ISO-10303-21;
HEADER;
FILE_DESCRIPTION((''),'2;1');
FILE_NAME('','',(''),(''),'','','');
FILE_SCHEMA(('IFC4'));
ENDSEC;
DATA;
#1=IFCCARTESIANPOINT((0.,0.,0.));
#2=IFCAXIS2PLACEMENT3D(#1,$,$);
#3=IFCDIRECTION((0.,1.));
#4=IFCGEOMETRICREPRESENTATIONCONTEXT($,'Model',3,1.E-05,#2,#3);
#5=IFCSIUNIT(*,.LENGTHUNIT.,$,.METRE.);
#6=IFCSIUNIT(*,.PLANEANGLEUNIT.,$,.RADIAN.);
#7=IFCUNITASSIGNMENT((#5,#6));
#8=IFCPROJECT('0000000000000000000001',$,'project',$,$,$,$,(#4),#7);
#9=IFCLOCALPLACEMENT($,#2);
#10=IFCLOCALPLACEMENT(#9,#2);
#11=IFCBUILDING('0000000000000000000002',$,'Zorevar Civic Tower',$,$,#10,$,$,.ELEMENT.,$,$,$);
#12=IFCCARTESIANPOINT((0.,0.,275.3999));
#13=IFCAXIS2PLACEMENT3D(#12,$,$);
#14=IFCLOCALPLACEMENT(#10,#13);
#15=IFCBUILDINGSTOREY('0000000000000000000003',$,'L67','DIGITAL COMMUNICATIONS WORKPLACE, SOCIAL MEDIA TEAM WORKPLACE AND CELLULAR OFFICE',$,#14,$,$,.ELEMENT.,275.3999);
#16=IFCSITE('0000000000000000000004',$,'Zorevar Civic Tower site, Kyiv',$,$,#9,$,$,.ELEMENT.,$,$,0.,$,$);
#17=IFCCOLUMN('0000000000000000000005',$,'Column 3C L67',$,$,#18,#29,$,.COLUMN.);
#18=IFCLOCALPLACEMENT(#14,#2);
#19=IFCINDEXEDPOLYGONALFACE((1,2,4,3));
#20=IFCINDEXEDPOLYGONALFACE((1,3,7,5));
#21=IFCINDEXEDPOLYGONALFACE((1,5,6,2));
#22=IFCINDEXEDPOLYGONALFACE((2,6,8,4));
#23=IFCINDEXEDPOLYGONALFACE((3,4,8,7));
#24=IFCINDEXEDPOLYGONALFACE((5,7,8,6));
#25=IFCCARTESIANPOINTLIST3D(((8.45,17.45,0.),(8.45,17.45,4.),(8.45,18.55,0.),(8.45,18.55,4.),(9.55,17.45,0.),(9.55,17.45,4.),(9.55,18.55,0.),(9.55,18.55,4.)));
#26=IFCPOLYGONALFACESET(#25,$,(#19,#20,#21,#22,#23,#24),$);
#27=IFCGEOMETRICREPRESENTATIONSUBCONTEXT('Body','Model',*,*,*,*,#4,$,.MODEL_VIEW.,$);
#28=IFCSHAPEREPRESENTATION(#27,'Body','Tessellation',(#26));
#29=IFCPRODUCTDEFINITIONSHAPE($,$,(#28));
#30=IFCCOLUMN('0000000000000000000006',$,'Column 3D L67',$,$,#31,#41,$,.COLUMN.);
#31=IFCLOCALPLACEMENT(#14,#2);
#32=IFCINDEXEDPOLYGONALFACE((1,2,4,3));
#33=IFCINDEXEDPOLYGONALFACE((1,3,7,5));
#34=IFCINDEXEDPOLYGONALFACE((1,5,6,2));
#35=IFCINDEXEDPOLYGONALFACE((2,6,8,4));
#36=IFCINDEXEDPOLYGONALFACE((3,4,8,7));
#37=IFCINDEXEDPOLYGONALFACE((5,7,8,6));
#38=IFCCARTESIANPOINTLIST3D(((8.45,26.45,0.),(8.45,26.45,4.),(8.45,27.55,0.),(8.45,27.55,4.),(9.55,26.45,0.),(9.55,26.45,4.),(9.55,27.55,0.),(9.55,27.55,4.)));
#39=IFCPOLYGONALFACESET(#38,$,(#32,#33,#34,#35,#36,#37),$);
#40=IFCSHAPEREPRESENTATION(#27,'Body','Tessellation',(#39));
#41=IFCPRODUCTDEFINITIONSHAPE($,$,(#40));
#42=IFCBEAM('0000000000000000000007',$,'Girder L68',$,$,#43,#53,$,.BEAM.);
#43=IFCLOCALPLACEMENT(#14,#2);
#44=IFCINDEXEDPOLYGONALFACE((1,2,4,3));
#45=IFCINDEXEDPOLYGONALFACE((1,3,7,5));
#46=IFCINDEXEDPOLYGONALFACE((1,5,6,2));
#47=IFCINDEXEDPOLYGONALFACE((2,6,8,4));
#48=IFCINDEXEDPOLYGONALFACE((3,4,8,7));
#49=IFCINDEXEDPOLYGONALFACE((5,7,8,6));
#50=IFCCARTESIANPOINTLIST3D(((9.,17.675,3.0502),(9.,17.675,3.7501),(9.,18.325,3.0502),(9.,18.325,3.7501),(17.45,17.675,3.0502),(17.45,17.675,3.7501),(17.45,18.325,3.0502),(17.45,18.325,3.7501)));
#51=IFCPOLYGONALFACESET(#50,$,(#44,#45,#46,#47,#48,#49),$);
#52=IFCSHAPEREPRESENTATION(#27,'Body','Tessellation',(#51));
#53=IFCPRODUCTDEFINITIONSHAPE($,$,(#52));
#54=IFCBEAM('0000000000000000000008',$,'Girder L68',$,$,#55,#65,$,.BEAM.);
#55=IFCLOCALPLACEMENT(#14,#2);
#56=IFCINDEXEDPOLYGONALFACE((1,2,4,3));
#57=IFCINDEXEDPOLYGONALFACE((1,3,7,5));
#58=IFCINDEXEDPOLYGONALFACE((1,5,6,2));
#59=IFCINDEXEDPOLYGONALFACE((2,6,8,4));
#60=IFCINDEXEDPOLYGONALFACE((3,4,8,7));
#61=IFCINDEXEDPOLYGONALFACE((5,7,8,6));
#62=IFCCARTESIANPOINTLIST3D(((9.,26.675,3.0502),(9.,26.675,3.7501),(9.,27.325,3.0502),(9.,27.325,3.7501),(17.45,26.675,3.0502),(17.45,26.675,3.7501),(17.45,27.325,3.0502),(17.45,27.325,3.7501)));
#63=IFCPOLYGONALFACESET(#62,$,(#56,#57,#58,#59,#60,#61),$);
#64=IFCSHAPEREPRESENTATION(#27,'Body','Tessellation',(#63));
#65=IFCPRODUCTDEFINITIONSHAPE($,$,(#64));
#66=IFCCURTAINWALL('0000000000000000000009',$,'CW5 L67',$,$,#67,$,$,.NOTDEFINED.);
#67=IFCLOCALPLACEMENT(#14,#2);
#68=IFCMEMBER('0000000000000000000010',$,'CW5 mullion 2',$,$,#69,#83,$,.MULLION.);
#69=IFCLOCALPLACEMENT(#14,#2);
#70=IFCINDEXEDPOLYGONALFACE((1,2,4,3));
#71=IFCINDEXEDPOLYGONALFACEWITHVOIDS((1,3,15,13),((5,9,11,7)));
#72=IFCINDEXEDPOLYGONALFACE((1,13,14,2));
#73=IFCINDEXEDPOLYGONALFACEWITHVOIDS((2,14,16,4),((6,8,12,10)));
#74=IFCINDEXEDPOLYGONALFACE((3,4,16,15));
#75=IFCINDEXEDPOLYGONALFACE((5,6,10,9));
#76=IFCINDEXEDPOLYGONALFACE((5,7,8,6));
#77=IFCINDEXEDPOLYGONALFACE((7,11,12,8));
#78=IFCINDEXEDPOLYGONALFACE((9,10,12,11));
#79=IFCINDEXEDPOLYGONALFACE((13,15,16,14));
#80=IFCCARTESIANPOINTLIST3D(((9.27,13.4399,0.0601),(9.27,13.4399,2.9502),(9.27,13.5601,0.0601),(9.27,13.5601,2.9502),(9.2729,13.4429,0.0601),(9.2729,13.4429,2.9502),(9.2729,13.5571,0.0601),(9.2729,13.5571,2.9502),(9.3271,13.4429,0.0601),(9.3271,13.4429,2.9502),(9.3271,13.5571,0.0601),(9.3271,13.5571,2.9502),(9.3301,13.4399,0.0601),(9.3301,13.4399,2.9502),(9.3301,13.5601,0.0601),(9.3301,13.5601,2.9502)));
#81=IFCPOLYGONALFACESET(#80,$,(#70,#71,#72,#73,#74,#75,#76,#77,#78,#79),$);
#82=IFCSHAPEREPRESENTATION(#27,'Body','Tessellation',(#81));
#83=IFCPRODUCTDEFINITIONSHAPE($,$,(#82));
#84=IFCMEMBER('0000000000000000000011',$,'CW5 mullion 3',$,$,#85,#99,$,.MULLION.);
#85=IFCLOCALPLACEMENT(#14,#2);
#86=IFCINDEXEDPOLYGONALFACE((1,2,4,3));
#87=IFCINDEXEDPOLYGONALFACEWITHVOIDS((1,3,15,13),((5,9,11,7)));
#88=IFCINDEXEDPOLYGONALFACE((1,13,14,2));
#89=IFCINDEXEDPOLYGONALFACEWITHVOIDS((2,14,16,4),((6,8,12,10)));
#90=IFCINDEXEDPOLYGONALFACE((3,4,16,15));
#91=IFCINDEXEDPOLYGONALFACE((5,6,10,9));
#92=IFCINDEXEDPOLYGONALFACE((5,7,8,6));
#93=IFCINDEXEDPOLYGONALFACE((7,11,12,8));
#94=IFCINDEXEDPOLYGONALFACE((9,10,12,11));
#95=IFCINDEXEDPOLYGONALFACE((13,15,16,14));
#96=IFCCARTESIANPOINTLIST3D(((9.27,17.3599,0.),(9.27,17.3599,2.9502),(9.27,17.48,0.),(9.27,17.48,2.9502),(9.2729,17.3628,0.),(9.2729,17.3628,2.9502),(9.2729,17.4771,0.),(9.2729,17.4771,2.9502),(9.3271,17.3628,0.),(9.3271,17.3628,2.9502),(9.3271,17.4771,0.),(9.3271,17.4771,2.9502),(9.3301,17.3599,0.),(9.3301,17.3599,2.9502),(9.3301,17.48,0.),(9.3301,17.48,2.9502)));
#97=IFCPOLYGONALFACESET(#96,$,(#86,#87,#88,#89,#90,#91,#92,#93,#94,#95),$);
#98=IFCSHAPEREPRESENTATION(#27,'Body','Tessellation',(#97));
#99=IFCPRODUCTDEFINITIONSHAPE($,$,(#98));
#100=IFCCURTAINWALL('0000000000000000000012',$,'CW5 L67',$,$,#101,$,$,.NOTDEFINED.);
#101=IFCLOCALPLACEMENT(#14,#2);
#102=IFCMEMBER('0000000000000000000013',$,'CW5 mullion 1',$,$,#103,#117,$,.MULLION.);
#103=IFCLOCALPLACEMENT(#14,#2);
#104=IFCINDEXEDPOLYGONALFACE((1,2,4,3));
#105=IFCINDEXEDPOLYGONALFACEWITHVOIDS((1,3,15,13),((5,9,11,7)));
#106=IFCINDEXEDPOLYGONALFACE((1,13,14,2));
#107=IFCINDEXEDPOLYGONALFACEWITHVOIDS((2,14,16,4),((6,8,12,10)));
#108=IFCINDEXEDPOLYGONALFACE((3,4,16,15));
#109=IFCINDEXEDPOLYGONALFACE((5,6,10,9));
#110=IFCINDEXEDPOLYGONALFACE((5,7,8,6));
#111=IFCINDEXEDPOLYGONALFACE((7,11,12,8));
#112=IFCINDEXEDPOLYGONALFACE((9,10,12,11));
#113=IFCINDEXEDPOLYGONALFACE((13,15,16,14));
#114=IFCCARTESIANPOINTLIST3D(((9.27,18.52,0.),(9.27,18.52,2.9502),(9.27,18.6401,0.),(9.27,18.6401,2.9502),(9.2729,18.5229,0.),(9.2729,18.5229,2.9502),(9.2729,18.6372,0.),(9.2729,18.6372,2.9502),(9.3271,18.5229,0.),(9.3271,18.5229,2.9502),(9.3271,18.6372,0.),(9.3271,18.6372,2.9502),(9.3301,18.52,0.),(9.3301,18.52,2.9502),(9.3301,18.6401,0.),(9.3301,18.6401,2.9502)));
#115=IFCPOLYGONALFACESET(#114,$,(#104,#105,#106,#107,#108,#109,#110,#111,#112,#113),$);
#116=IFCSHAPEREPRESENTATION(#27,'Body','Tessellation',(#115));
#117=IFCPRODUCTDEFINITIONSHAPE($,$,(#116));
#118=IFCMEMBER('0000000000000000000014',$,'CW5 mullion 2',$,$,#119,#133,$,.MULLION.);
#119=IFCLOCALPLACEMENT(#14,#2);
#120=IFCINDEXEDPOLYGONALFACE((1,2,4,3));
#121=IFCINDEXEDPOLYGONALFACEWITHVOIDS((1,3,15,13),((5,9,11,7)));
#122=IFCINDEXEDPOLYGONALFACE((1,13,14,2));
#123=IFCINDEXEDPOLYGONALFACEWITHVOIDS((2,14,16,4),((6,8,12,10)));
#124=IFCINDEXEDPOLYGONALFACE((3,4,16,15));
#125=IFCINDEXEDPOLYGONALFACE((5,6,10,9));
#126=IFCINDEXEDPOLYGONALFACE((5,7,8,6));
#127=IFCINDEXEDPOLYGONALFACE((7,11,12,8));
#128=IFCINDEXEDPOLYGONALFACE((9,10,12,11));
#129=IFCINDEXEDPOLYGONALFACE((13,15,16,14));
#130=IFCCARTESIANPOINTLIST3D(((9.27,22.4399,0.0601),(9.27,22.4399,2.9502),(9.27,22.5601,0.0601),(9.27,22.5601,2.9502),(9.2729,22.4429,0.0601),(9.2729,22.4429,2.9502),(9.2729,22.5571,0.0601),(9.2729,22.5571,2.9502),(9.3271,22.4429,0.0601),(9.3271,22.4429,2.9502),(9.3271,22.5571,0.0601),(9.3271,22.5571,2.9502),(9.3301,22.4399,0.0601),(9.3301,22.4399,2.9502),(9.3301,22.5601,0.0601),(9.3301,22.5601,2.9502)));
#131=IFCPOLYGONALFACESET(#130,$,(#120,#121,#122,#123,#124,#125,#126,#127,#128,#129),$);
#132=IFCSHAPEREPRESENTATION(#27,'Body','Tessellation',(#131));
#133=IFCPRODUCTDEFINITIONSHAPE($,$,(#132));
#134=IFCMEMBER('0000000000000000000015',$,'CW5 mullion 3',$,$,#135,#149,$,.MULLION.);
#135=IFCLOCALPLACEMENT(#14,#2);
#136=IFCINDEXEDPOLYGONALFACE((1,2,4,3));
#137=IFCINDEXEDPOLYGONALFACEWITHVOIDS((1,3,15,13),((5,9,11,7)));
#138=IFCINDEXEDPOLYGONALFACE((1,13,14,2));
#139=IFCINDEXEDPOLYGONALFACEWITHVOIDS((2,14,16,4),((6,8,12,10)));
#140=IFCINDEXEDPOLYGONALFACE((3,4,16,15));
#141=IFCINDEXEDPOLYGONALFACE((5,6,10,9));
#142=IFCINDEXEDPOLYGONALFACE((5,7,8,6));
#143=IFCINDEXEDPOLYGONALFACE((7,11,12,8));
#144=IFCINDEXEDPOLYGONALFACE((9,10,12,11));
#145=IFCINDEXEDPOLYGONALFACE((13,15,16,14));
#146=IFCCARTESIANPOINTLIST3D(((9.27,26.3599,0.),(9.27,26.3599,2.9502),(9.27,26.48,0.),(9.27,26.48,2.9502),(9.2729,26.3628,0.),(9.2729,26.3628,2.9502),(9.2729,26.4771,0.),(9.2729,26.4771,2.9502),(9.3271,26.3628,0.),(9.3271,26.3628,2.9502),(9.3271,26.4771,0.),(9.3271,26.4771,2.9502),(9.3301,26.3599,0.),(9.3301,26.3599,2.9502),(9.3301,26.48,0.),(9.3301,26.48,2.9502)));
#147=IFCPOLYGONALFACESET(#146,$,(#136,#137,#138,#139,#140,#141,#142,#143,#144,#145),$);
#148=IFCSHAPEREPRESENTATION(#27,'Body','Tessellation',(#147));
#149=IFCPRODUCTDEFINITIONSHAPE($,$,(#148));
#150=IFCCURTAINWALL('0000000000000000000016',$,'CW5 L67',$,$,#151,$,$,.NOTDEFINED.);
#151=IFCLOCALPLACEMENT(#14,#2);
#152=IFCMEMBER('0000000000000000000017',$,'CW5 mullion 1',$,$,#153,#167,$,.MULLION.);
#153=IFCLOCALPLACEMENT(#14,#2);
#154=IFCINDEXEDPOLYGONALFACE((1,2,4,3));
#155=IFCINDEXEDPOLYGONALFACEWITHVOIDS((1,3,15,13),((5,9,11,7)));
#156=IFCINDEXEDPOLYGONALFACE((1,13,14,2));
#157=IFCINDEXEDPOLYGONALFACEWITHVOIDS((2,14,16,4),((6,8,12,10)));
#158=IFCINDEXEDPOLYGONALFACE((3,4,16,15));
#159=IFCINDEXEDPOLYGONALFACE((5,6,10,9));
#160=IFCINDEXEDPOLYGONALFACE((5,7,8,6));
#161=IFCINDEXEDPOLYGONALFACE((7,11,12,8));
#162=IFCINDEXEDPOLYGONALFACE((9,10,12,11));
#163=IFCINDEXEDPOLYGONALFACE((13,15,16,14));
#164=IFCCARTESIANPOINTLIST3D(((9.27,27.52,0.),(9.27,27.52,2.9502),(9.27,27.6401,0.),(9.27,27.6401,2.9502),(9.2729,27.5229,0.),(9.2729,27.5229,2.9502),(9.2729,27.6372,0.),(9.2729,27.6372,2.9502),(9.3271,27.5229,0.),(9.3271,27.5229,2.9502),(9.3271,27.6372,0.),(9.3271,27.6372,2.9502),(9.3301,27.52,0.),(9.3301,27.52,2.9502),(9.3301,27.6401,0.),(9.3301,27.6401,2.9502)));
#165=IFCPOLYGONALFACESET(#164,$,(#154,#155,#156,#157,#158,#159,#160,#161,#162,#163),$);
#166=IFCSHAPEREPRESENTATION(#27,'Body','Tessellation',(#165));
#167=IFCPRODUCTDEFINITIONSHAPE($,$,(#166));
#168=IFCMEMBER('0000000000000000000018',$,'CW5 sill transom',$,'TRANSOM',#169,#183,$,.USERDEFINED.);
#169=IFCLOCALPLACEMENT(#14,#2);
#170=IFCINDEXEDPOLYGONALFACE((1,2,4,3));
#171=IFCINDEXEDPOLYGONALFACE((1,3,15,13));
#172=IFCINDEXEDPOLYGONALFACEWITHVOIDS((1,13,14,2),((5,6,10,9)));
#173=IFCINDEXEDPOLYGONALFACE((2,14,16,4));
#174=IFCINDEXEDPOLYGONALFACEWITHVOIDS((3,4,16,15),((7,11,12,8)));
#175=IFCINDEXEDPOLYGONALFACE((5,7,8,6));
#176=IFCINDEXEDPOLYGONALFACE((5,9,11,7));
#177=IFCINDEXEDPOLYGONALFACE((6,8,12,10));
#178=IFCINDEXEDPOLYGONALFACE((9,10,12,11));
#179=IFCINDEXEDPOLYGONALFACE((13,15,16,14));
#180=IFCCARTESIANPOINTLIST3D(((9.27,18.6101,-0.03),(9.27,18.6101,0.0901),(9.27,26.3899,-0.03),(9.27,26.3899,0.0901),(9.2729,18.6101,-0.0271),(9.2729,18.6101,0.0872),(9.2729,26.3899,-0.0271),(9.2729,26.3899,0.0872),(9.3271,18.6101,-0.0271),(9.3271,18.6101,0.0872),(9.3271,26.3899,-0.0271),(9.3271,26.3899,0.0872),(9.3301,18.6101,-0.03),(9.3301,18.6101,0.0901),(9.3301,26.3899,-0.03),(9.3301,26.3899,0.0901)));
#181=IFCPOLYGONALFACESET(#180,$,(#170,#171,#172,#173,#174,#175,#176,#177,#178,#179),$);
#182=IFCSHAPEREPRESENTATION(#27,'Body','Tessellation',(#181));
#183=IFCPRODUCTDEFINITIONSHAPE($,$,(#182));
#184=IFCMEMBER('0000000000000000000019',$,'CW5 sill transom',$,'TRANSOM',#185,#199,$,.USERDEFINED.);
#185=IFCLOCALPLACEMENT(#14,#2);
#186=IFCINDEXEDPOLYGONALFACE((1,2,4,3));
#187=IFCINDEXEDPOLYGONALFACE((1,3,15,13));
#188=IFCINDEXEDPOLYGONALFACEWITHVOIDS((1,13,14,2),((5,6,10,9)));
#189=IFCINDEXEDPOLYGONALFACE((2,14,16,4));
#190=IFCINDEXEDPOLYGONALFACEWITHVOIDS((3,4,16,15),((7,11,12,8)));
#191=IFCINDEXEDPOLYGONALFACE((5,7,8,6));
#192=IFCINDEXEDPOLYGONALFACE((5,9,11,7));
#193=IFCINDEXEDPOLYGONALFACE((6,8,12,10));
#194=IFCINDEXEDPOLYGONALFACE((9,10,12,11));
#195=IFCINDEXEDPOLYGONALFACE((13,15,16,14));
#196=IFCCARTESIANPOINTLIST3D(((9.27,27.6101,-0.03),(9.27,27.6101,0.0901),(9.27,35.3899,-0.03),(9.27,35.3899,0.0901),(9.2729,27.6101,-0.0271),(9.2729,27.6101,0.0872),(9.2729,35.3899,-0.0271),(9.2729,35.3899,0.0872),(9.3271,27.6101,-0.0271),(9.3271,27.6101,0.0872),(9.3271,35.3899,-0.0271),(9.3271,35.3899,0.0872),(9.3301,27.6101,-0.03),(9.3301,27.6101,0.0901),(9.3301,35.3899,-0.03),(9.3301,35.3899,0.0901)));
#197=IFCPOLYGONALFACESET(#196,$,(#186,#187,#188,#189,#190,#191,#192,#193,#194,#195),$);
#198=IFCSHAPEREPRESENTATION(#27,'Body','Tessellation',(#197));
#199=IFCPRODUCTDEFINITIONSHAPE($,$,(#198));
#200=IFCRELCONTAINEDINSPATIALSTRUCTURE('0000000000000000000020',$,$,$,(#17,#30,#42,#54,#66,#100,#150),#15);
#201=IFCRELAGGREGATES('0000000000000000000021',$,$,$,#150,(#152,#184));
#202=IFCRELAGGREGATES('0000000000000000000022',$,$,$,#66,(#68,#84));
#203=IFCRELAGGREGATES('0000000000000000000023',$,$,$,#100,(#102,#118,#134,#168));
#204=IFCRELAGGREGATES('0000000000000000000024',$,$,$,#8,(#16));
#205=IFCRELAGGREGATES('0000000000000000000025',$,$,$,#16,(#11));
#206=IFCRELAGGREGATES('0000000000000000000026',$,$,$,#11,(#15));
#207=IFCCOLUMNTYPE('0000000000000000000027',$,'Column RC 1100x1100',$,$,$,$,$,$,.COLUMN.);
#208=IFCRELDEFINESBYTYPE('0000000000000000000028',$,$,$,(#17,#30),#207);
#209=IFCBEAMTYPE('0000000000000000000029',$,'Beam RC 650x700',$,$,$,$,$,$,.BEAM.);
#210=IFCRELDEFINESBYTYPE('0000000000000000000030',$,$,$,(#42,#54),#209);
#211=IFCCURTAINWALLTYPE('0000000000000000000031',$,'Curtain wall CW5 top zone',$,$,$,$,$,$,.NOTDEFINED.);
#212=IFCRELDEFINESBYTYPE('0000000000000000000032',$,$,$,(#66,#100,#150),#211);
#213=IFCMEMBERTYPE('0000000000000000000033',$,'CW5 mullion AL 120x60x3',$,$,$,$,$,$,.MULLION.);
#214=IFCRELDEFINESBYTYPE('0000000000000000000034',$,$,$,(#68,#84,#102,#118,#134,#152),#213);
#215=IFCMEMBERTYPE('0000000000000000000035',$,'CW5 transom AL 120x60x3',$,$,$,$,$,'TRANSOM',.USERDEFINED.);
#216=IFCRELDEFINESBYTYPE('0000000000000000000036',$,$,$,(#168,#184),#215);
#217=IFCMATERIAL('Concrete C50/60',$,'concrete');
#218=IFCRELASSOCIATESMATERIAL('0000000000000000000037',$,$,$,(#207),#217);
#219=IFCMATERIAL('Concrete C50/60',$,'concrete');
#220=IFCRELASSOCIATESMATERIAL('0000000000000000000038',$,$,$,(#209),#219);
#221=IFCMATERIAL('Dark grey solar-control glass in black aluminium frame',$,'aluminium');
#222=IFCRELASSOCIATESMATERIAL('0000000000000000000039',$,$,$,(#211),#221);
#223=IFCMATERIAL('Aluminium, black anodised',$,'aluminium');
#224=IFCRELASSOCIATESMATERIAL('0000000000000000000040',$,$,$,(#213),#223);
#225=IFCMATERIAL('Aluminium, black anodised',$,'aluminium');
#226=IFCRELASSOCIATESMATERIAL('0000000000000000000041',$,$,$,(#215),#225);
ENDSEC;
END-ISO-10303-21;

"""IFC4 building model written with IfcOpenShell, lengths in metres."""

from ifc_helpers import new_model, si_unit, direction, frame, origin, origin_2d, place, context, subcontext, project, spatial, rectangle, hollow_rectangle, extrude, material, material_profile, profile_set, type_object, element, aggregate, save


model = new_model("IFC4")

# Units and contexts
model_context = context("Model", 3, precision=1e-05, world=origin(), true_north=direction((0.0, 1.0)))
body_context = subcontext(model_context, "Body", "Model", "MODEL_VIEW")
ifc_project = project(units=[si_unit("LENGTHUNIT", "METRE"), si_unit("PLANEANGLEUNIT", "RADIAN")], contexts=[model_context])

# Site, building, storey
site_placement = place(None, origin())
site = spatial("IfcSite", under=ifc_project, at=site_placement, Name="Zorevar Civic Tower site, Kyiv", CompositionType="ELEMENT", RefElevation=0.0)
building_placement = place(site_placement, origin())
building = spatial("IfcBuilding", under=site, at=building_placement, Name="Zorevar Civic Tower", CompositionType="ELEMENT")
storey_placement = place(building_placement, frame((0.0, 0.0, 275.3999)))
storey = spatial("IfcBuildingStorey", under=building, at=storey_placement, Name="L67", Description="DIGITAL COMMUNICATIONS WORKPLACE, SOCIAL MEDIA TEAM WORKPLACE AND CELLULAR OFFICE", CompositionType="ELEMENT", Elevation=275.3999)

# Columns
ifc_material_1 = material(Name="Concrete C50/60", Category="concrete")
ifc_material_profile_1 = material_profile(ifc_material_1, rectangle(XDim=1.1001, YDim=1.1001, at=origin_2d()), Name="RC 1100x1100")
ifc_profile_set_1 = profile_set([ifc_material_profile_1], Name="Concrete C50/60")
column_type = type_object("IfcColumnType", Name="Column RC 1100x1100", PredefinedType="COLUMN", material=ifc_profile_set_1)
for number, where, z_axis, x_axis, name in (
    (1, (9.0, 18.0, 0.0), (0.0, 0.0, 1.0), (1.0, 0.0, 0.0), "Column 3C L67"),
    (2, (9.0, 27.0, 0.0), (0.0, 0.0, 1.0), (1.0, 0.0, 0.0), "Column 3D L67"),
):
    element("IfcColumn", number, at=place(storey_placement, frame(where, z_axis=z_axis, x_axis=x_axis)), inside=storey, type_object=column_type, Name=name, PredefinedType="COLUMN", context=body_context, shape_type="SweptSolid", body=[
        extrude(rectangle(XDim=1.1001, YDim=1.1001, at=origin_2d()), origin(), (0.0, 0.0, 1.0), 4.0),
    ])

# Beams
ifc_material_2 = material(Name="Concrete C50/60", Category="concrete")
ifc_material_profile_2 = material_profile(ifc_material_2, rectangle(XDim=0.6499, YDim=0.7, at=origin_2d()), Name="RC 650x700")
ifc_profile_set_2 = profile_set([ifc_material_profile_2], Name="Concrete C50/60")
beam_type_1 = type_object("IfcBeamType", Name="Beam RC 650x700", PredefinedType="BEAM", material=ifc_profile_set_2)
for number, where, z_axis, x_axis, name in (
    (3, (9.0, 18.0, 3.4001), (1.0, 0.0, 0.0), (0.0, 1.0, 0.0), "Girder L68"),
    (4, (9.0, 27.0, 3.4001), (1.0, 0.0, 0.0), (0.0, 1.0, 0.0), "Girder L68"),
):
    element("IfcBeam", number, at=place(storey_placement, frame(where, z_axis=z_axis, x_axis=x_axis)), inside=storey, type_object=beam_type_1, Name=name, PredefinedType="BEAM", context=body_context, shape_type="SweptSolid", body=[
        extrude(rectangle(XDim=0.6499, YDim=0.7, at=origin_2d()), origin(), (0.0, 0.0, 1.0), 8.45),
    ])

# Curtain walls, members
ifc_material_3 = material(Name="Dark grey solar-control glass in black aluminium frame", Category="aluminium")
curtain_wall_type = type_object("IfcCurtainWallType", Name="Curtain wall CW5 top zone", PredefinedType="NOTDEFINED", material=ifc_material_3)
curtain_wall_1_placement = place(storey_placement, origin())
curtain_wall_1 = element("IfcCurtainWall", 5, at=curtain_wall_1_placement, inside=storey, type_object=curtain_wall_type, Name="CW5 L67", PredefinedType="NOTDEFINED")
ifc_material_4 = material(Name="Aluminium, black anodised", Category="aluminium")
ifc_material_profile_3 = material_profile(ifc_material_4, hollow_rectangle(XDim=0.0601, YDim=0.1201, WallThickness=0.0029, at=origin_2d()), Name="AL 120x60x3")
ifc_profile_set_3 = profile_set([ifc_material_profile_3], Name="Aluminium, black anodised")
member_type_1 = type_object("IfcMemberType", Name="CW5 mullion AL 120x60x3", PredefinedType="MULLION", material=ifc_profile_set_3)
member_1_placement = place(storey_placement, frame((9.3, 13.5, 0.0601), z_axis=(0.0, 0.0, 1.0), x_axis=(-1.0, 0.0, 0.0)))
member_1 = element("IfcMember", 6, at=member_1_placement, type_object=member_type_1, Name="CW5 mullion 2", PredefinedType="MULLION", context=body_context, shape_type="SweptSolid", body=[
    extrude(hollow_rectangle(XDim=0.0601, YDim=0.1201, WallThickness=0.0029, at=origin_2d()), origin(), (0.0, 0.0, 1.0), 2.8901),
])
member_2_placement = place(storey_placement, frame((9.3, 17.4199, 0.0), z_axis=(0.0, 0.0, 1.0), x_axis=(-1.0, 0.0, 0.0)))
member_2 = element("IfcMember", 7, at=member_2_placement, type_object=member_type_1, Name="CW5 mullion 3", PredefinedType="MULLION", context=body_context, shape_type="SweptSolid", body=[
    extrude(hollow_rectangle(XDim=0.0601, YDim=0.1201, WallThickness=0.0029, at=origin_2d()), origin(), (0.0, 0.0, 1.0), 2.9502),
])
curtain_wall_2_placement = place(storey_placement, origin())
curtain_wall_2 = element("IfcCurtainWall", 8, at=curtain_wall_2_placement, inside=storey, type_object=curtain_wall_type, Name="CW5 L67", PredefinedType="NOTDEFINED")
member_3_placement = place(storey_placement, frame((9.3, 18.5801, 0.0), z_axis=(0.0, 0.0, 1.0), x_axis=(-1.0, 0.0, 0.0)))
member_3 = element("IfcMember", 9, at=member_3_placement, type_object=member_type_1, Name="CW5 mullion 1", PredefinedType="MULLION", context=body_context, shape_type="SweptSolid", body=[
    extrude(hollow_rectangle(XDim=0.0601, YDim=0.1201, WallThickness=0.0029, at=origin_2d()), origin(), (0.0, 0.0, 1.0), 2.9502),
])
member_4_placement = place(storey_placement, frame((9.3, 22.5, 0.0601), z_axis=(0.0, 0.0, 1.0), x_axis=(-1.0, 0.0, 0.0)))
member_4 = element("IfcMember", 10, at=member_4_placement, type_object=member_type_1, Name="CW5 mullion 2", PredefinedType="MULLION", context=body_context, shape_type="SweptSolid", body=[
    extrude(hollow_rectangle(XDim=0.0601, YDim=0.1201, WallThickness=0.0029, at=origin_2d()), origin(), (0.0, 0.0, 1.0), 2.8901),
])
member_5_placement = place(storey_placement, frame((9.3, 26.4199, 0.0), z_axis=(0.0, 0.0, 1.0), x_axis=(-1.0, 0.0, 0.0)))
member_5 = element("IfcMember", 11, at=member_5_placement, type_object=member_type_1, Name="CW5 mullion 3", PredefinedType="MULLION", context=body_context, shape_type="SweptSolid", body=[
    extrude(hollow_rectangle(XDim=0.0601, YDim=0.1201, WallThickness=0.0029, at=origin_2d()), origin(), (0.0, 0.0, 1.0), 2.9502),
])

# Curtain wall, member
curtain_wall_3_placement = place(storey_placement, origin())
curtain_wall_3 = element("IfcCurtainWall", 12, at=curtain_wall_3_placement, inside=storey, type_object=curtain_wall_type, Name="CW5 L67", PredefinedType="NOTDEFINED")
member_6_placement = place(storey_placement, frame((9.3, 27.5801, 0.0), z_axis=(0.0, 0.0, 1.0), x_axis=(-1.0, 0.0, 0.0)))
member_6 = element("IfcMember", 13, at=member_6_placement, type_object=member_type_1, Name="CW5 mullion 1", PredefinedType="MULLION", context=body_context, shape_type="SweptSolid", body=[
    extrude(hollow_rectangle(XDim=0.0601, YDim=0.1201, WallThickness=0.0029, at=origin_2d()), origin(), (0.0, 0.0, 1.0), 2.9502),
])

# Members
ifc_material_5 = material(Name="Aluminium, black anodised", Category="aluminium")
ifc_material_profile_4 = material_profile(ifc_material_5, hollow_rectangle(XDim=0.0601, YDim=0.1201, WallThickness=0.0029, at=origin_2d()), Name="AL 120x60x3")
ifc_profile_set_4 = profile_set([ifc_material_profile_4], Name="Aluminium, black anodised")
member_type_2 = type_object("IfcMemberType", Name="CW5 transom AL 120x60x3", ElementType="TRANSOM", PredefinedType="USERDEFINED", material=ifc_profile_set_4)
member_7_placement = place(storey_placement, frame((9.3, 18.6101, 0.03), z_axis=(0.0, 1.0, 0.0), x_axis=(-1.0, 0.0, 0.0)))
member_7 = element("IfcMember", 14, at=member_7_placement, type_object=member_type_2, Name="CW5 sill transom", ObjectType="TRANSOM", PredefinedType="USERDEFINED", context=body_context, shape_type="SweptSolid", body=[
    extrude(hollow_rectangle(XDim=0.0601, YDim=0.1201, WallThickness=0.0029, at=origin_2d()), origin(), (0.0, 0.0, 1.0), 7.7798),
])
member_8_placement = place(storey_placement, frame((9.3, 27.6101, 0.03), z_axis=(0.0, 1.0, 0.0), x_axis=(-1.0, 0.0, 0.0)))
member_8 = element("IfcMember", 15, at=member_8_placement, type_object=member_type_2, Name="CW5 sill transom", ObjectType="TRANSOM", PredefinedType="USERDEFINED", context=body_context, shape_type="SweptSolid", body=[
    extrude(hollow_rectangle(XDim=0.0601, YDim=0.1201, WallThickness=0.0029, at=origin_2d()), origin(), (0.0, 0.0, 1.0), 7.7798),
])
aggregate(curtain_wall_3, [member_6, member_8])

aggregate(curtain_wall_1, [member_1, member_2])
aggregate(curtain_wall_2, [member_3, member_4, member_5, member_7])

save(model, "model.ifc")
